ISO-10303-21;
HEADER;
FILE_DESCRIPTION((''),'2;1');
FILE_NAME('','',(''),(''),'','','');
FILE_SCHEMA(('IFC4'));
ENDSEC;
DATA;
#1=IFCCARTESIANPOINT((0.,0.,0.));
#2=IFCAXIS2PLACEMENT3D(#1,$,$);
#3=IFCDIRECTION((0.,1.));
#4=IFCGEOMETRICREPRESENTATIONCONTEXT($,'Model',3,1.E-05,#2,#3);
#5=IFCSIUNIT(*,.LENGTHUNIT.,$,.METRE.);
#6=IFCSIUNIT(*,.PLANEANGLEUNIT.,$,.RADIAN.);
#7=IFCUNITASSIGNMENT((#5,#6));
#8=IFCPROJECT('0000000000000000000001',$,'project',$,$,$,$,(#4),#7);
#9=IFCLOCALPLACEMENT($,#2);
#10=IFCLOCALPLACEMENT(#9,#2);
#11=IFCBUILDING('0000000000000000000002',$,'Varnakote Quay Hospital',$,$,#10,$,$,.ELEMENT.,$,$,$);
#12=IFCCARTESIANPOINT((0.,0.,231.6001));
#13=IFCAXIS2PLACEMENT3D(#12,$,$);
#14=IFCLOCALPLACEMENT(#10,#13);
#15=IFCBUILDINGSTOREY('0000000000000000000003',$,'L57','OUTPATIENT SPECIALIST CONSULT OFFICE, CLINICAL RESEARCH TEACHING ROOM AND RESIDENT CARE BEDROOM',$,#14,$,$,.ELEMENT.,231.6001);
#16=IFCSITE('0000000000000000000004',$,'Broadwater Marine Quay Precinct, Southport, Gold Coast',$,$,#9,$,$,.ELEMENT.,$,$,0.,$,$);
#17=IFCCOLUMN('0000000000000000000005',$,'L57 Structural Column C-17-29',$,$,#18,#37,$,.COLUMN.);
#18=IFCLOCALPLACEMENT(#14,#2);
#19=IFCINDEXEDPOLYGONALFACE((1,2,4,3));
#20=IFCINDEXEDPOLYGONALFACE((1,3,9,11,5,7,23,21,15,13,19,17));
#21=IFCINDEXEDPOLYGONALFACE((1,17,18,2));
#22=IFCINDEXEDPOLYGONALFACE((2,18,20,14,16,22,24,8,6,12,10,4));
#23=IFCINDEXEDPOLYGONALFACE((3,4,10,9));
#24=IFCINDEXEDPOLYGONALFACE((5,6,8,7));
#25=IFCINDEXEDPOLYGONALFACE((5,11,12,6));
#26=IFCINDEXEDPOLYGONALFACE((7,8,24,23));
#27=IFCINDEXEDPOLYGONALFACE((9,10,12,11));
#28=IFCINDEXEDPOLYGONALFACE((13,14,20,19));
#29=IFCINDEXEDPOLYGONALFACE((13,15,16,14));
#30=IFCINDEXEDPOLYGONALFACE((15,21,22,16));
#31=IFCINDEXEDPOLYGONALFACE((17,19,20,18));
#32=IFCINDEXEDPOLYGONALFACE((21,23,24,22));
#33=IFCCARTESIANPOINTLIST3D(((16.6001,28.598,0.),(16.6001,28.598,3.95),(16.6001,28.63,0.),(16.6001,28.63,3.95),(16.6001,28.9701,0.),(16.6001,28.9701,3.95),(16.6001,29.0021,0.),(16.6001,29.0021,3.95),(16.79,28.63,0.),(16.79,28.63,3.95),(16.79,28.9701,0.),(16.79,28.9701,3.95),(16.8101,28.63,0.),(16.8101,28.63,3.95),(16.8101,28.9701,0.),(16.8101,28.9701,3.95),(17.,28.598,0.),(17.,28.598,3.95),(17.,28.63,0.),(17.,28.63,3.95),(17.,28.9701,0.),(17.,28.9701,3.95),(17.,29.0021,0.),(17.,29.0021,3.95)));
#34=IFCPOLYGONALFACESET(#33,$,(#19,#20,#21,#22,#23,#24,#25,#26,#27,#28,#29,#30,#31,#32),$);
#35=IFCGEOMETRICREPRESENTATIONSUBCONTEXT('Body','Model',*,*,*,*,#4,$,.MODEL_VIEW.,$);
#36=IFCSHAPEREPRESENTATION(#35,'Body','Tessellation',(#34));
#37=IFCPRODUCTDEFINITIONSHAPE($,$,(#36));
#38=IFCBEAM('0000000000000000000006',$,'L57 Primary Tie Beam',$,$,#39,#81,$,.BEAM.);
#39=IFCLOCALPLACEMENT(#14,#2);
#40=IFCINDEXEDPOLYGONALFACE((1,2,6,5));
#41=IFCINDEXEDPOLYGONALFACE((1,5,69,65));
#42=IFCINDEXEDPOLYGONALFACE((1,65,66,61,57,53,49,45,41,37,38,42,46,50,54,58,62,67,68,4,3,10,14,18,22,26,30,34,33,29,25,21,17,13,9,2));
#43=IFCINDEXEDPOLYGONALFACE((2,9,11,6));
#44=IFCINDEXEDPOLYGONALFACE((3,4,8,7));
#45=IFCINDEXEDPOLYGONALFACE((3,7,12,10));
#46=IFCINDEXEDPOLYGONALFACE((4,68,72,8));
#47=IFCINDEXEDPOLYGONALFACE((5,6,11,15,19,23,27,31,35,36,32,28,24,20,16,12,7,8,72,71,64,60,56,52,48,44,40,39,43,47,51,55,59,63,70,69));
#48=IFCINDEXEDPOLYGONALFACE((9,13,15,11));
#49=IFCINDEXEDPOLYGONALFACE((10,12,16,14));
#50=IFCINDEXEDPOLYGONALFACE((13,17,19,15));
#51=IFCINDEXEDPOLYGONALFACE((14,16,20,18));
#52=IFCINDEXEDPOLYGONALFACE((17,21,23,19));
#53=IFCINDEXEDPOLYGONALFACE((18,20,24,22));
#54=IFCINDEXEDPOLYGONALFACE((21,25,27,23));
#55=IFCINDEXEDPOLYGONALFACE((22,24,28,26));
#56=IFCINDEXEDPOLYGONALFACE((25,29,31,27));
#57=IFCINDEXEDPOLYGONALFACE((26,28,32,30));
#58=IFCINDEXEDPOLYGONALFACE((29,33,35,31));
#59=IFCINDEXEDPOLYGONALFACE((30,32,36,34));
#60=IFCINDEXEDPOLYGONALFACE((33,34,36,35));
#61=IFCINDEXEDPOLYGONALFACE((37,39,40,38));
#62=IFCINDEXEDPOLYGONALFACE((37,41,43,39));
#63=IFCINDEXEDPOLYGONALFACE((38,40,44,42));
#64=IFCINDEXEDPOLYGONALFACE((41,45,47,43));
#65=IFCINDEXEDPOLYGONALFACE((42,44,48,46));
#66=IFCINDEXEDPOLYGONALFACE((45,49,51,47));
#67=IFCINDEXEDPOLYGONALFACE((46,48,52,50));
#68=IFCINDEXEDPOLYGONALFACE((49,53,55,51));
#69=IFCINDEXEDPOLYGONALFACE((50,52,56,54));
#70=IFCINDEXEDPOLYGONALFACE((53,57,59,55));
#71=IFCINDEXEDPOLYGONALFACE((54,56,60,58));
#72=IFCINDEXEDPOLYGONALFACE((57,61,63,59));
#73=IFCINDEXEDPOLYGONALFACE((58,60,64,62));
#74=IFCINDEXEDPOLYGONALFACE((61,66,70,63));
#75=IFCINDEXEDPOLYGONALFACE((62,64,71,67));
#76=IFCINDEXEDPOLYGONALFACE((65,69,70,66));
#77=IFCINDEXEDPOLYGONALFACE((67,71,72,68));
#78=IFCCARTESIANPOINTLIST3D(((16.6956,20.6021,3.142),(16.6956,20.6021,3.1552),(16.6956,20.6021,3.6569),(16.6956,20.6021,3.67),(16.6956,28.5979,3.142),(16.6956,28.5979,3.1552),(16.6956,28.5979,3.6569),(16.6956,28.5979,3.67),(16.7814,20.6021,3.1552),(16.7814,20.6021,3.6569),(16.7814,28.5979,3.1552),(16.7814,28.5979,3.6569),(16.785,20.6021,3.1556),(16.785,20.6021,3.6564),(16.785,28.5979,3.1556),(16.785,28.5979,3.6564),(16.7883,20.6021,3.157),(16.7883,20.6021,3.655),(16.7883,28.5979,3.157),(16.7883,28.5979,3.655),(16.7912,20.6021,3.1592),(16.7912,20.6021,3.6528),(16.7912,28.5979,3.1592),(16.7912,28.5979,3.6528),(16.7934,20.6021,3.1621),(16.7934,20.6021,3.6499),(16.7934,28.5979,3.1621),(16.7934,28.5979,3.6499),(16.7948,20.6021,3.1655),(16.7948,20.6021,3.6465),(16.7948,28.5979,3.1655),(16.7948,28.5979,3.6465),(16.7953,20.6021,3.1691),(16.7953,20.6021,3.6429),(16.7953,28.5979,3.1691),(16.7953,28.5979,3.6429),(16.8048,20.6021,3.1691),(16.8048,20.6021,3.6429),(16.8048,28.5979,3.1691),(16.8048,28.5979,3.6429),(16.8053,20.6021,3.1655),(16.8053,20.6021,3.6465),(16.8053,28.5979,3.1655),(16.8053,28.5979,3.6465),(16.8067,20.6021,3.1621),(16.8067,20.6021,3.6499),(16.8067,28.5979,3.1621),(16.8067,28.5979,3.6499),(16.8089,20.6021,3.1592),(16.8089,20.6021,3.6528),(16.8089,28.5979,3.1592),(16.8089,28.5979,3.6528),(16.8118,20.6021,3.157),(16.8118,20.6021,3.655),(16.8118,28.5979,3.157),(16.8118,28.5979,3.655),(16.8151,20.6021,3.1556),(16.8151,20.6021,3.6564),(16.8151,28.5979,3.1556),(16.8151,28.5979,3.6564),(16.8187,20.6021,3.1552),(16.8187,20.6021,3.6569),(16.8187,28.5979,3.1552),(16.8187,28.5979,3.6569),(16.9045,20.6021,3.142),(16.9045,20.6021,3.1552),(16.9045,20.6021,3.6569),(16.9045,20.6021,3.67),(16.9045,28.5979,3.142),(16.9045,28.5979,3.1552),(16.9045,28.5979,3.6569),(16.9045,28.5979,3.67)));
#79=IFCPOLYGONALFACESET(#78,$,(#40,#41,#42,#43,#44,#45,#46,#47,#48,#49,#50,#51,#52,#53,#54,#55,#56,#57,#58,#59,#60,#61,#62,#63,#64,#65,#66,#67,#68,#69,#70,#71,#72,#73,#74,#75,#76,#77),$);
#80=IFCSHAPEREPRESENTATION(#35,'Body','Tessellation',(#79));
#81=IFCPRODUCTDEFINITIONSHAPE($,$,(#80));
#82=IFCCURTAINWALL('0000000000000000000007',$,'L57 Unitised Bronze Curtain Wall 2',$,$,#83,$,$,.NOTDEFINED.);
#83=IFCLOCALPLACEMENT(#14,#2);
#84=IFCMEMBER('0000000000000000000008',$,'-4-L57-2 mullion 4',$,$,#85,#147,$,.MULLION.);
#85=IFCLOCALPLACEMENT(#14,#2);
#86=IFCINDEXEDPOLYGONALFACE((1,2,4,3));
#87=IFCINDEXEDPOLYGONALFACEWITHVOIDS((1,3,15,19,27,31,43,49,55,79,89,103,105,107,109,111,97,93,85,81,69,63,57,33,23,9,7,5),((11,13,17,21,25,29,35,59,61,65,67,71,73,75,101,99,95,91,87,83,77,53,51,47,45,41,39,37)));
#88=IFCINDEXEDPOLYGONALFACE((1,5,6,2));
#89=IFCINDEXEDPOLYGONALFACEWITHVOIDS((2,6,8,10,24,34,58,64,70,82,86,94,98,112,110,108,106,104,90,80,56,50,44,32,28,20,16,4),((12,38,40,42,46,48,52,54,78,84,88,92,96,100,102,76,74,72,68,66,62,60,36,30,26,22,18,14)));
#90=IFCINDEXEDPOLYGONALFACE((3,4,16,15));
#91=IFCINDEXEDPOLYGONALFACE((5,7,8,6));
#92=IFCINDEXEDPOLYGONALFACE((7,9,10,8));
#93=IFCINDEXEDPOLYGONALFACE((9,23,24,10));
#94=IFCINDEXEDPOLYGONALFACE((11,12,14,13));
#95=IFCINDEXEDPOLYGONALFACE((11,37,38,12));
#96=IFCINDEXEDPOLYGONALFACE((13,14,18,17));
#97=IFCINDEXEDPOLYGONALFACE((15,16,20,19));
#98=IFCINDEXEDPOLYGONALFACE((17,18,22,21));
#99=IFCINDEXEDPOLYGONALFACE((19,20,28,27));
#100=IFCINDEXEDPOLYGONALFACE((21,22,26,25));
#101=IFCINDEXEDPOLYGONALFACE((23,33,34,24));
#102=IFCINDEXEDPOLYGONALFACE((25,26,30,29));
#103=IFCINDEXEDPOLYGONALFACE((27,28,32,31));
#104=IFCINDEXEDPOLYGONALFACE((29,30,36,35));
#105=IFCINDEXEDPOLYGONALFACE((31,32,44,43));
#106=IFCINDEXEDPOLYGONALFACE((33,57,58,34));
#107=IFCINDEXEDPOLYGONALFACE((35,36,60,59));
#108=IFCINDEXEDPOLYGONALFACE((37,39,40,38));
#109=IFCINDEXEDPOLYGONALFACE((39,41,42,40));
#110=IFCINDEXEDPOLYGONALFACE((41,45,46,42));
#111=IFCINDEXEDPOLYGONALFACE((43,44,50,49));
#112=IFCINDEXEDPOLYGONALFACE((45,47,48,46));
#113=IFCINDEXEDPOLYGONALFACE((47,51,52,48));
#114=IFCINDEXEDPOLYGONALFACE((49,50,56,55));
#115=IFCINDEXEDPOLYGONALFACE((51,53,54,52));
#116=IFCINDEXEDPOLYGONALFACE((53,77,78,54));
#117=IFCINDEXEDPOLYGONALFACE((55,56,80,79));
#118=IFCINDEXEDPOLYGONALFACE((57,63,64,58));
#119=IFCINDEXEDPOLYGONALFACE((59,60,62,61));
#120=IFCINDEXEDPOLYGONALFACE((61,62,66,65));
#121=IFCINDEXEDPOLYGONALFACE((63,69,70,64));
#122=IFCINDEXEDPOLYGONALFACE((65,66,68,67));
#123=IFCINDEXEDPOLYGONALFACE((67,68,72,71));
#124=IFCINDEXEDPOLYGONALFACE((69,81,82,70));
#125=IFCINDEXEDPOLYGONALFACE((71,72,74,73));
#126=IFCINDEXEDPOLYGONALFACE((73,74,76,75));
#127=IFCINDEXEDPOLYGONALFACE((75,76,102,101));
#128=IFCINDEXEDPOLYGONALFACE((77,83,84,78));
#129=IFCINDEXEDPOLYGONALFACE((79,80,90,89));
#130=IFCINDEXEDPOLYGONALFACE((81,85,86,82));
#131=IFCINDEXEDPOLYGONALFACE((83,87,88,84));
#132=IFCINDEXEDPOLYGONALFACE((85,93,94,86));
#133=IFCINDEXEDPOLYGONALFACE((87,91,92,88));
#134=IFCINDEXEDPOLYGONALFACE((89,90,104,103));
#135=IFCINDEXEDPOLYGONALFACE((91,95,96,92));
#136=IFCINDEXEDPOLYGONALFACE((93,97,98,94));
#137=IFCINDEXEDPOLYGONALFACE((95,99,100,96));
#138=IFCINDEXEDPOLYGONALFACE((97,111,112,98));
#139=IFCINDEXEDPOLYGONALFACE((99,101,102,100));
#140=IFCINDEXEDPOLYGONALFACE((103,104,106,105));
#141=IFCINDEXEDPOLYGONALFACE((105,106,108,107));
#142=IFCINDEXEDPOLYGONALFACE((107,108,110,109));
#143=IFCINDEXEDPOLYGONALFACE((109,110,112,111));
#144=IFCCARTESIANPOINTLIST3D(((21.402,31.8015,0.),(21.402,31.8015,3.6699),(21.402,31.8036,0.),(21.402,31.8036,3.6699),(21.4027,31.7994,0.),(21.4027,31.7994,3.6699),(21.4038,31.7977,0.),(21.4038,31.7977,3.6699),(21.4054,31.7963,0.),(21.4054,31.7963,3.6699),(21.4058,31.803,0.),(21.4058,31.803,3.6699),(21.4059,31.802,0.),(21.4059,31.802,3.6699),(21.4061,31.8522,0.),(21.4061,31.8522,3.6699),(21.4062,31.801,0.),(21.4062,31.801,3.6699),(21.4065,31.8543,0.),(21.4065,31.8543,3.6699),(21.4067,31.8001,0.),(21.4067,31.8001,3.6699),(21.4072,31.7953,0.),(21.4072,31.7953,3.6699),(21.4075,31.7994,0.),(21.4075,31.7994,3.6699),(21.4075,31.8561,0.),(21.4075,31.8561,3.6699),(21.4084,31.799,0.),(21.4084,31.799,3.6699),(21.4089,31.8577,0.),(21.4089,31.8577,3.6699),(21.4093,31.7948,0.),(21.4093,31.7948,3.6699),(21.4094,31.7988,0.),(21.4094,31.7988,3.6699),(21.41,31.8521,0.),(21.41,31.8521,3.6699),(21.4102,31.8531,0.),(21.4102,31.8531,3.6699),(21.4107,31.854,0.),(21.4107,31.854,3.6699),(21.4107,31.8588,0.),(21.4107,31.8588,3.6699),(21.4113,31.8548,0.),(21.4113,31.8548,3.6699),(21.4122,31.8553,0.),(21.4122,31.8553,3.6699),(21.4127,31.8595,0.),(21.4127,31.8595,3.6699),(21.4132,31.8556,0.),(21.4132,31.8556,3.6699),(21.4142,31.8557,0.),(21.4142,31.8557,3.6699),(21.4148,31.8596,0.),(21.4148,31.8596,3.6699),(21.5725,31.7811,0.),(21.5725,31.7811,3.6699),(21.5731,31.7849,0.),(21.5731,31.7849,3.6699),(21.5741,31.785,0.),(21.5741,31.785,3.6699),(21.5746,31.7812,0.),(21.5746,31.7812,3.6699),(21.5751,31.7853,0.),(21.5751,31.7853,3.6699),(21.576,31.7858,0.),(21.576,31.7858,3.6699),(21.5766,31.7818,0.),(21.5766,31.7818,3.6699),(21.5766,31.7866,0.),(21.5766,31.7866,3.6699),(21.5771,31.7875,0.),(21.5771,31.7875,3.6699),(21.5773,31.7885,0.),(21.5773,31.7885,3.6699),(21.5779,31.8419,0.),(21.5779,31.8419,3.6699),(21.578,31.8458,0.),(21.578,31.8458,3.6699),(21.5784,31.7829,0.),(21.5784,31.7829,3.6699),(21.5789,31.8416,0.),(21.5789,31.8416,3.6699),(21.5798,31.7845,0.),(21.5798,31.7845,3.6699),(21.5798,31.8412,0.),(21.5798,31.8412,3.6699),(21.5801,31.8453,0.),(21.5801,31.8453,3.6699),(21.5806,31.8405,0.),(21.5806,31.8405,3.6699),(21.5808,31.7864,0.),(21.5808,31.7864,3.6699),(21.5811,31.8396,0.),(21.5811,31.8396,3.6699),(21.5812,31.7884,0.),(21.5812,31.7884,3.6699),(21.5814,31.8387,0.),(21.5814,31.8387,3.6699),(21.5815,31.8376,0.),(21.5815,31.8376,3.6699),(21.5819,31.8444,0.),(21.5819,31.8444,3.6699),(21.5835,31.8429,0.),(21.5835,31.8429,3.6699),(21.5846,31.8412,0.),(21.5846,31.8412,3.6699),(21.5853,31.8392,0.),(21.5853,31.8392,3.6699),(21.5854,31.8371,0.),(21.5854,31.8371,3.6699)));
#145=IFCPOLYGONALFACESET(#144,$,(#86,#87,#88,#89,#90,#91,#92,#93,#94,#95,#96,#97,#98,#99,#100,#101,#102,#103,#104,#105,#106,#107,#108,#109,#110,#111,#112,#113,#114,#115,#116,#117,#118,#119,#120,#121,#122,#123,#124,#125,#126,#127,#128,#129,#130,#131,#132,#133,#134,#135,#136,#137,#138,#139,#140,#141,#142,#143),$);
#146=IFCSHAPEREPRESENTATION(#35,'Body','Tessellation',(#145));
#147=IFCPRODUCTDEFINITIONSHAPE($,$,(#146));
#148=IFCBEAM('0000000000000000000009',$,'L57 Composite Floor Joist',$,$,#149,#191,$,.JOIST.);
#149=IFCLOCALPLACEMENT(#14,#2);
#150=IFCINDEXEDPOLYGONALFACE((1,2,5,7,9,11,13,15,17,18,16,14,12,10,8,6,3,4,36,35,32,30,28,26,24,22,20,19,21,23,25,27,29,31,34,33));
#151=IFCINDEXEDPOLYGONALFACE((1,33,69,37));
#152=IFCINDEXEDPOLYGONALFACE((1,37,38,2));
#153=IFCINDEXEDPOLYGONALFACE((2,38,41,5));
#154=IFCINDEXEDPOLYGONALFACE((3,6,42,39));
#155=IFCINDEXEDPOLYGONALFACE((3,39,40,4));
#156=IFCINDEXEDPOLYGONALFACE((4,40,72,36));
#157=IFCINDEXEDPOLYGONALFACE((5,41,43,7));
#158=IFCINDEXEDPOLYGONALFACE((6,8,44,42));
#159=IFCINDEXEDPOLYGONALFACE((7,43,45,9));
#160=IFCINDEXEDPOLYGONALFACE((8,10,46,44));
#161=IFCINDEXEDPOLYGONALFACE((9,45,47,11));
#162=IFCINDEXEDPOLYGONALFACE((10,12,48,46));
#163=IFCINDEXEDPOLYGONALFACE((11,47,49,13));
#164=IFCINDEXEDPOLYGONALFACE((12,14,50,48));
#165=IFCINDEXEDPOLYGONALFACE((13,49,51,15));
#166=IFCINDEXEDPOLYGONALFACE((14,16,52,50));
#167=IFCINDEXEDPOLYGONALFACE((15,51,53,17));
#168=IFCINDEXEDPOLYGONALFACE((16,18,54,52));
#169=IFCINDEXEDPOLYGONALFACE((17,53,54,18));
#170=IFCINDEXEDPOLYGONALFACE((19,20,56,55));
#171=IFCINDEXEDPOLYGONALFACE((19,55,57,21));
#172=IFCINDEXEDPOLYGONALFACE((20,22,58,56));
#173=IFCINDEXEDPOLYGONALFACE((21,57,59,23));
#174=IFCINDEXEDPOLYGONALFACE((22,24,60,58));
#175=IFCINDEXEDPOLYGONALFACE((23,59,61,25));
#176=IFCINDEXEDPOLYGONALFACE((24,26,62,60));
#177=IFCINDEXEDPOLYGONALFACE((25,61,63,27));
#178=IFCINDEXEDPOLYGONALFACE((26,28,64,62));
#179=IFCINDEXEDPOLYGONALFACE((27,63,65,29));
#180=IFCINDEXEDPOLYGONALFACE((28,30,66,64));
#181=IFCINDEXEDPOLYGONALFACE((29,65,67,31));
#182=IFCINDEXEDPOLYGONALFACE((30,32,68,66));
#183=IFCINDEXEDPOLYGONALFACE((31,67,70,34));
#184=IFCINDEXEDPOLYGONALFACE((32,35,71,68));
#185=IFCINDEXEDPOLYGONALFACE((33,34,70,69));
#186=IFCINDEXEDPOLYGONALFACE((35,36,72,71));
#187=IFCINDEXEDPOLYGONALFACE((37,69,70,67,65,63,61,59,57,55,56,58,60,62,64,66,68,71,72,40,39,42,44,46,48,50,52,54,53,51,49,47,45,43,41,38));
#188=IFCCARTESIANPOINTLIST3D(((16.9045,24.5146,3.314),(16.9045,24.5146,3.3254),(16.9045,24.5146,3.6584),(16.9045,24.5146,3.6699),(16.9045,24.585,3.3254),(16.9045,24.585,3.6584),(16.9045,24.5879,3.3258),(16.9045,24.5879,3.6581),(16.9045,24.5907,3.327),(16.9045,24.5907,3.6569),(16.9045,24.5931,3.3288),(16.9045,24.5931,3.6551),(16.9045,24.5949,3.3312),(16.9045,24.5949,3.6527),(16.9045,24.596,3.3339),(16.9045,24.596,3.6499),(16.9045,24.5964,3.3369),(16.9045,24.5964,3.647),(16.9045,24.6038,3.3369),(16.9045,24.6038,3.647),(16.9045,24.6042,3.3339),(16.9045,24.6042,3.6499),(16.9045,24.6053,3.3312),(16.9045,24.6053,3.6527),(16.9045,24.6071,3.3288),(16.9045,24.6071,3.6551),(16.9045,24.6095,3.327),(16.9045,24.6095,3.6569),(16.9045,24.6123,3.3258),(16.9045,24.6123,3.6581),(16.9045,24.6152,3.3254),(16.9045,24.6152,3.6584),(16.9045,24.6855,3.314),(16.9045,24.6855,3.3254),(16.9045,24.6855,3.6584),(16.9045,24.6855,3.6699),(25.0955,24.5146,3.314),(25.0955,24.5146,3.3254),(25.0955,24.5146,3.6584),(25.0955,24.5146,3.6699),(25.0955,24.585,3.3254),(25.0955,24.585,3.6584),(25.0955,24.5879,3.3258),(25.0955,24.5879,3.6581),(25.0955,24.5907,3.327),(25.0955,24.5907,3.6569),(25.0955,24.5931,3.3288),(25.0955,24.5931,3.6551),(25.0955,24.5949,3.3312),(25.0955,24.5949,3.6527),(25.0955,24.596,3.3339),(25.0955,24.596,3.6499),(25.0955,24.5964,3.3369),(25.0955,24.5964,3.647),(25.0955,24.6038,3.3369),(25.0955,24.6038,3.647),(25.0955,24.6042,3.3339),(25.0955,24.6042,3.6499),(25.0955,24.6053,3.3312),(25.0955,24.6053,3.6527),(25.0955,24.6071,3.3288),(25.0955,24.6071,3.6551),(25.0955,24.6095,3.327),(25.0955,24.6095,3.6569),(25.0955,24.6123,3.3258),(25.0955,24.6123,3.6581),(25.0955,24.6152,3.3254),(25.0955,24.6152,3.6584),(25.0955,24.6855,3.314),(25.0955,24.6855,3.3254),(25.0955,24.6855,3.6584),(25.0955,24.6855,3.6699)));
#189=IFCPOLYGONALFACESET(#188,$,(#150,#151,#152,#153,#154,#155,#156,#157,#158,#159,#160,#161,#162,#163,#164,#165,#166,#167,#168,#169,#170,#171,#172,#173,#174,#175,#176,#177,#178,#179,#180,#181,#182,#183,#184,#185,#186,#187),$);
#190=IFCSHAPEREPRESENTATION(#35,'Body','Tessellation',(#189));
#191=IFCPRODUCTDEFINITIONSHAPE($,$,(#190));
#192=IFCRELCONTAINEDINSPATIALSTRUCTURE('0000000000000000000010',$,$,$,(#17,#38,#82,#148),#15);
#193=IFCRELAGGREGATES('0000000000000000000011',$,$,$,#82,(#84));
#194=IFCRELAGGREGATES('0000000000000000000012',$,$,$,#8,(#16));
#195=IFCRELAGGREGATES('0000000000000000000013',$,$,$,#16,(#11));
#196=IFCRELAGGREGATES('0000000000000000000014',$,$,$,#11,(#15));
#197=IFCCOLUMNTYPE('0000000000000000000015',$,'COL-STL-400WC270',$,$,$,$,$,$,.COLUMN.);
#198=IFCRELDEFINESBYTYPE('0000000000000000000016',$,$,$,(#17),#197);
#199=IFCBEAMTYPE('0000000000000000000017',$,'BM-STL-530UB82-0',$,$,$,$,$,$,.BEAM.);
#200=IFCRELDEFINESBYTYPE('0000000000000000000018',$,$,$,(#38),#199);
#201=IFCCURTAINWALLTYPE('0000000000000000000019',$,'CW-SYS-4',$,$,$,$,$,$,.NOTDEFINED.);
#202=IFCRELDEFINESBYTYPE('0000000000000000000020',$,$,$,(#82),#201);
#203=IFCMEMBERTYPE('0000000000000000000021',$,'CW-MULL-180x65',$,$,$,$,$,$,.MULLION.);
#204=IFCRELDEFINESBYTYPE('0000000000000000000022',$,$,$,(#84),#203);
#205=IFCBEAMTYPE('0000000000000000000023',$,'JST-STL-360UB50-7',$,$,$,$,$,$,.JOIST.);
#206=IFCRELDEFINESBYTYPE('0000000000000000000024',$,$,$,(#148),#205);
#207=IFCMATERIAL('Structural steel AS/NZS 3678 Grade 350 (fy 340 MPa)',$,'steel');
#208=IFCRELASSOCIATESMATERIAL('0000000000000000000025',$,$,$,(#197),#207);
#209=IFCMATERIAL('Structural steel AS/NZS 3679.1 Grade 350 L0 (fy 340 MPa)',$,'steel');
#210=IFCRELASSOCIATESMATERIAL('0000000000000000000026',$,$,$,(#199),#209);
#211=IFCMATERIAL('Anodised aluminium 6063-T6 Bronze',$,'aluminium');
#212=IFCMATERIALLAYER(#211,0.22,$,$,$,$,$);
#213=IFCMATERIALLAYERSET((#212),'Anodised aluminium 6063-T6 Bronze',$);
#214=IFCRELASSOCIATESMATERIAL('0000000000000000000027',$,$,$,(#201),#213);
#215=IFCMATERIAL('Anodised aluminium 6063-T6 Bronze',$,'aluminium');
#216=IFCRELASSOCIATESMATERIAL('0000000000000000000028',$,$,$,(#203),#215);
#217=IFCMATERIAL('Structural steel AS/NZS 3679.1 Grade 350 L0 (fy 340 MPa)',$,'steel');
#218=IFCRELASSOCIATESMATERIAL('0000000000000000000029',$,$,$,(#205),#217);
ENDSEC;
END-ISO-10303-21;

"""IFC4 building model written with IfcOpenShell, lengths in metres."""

from ifc_helpers import new_model, si_unit, direction, frame, origin, origin_2d, place, context, subcontext, project, spatial, hollow_rectangle, i_section, extrude, material, layer, layer_set, material_profile, profile_set, type_object, element, aggregate, save


model = new_model("IFC4")

# Units and contexts
model_context = context("Model", 3, precision=1e-05, world=origin(), true_north=direction((0.0, 1.0)))
body_context = subcontext(model_context, "Body", "Model", "MODEL_VIEW")
ifc_project = project(units=[si_unit("LENGTHUNIT", "METRE"), si_unit("PLANEANGLEUNIT", "RADIAN")], contexts=[model_context])

# Site, building, storey
site_placement = place(None, origin())
site = spatial("IfcSite", under=ifc_project, at=site_placement, Name="Broadwater Marine Quay Precinct, Southport, Gold Coast", CompositionType="ELEMENT", RefElevation=0.0)
building_placement = place(site_placement, origin())
building = spatial("IfcBuilding", under=site, at=building_placement, Name="Varnakote Quay Hospital", CompositionType="ELEMENT")
storey_placement = place(building_placement, frame((0.0, 0.0, 231.6001)))
storey = spatial("IfcBuildingStorey", under=building, at=storey_placement, Name="L57", Description="OUTPATIENT SPECIALIST CONSULT OFFICE, CLINICAL RESEARCH TEACHING ROOM AND RESIDENT CARE BEDROOM", CompositionType="ELEMENT", Elevation=231.6001)

# Column
ifc_material_1 = material(Name="Structural steel AS/NZS 3678 Grade 350 (fy 340 MPa)", Category="steel")
ifc_material_profile_1 = material_profile(ifc_material_1, i_section(OverallWidth=0.3999, OverallDepth=0.4041, WebThickness=0.02, FlangeThickness=0.032, at=origin_2d()), Name="400WC270")
ifc_profile_set_1 = profile_set([ifc_material_profile_1], Name="Structural steel AS/NZS 3678 Grade 350 (fy 340 MPa)")
column_type = type_object("IfcColumnType", Name="COL-STL-400WC270", PredefinedType="COLUMN", material=ifc_profile_set_1)
column_placement = place(storey_placement, frame((16.8, 28.8, 0.0), z_axis=(0.0, 0.0, 1.0), x_axis=(1.0, 0.0, 0.0)))
element("IfcColumn", 1, at=column_placement, inside=storey, type_object=column_type, Name="L57 Structural Column C-17-29", PredefinedType="COLUMN", context=body_context, shape_type="SweptSolid", body=[
    extrude(i_section(OverallWidth=0.3999, OverallDepth=0.4041, WebThickness=0.02, FlangeThickness=0.032, at=origin_2d()), origin(), (0.0, 0.0, 1.0), 3.95),
])

# Beam
ifc_material_2 = material(Name="Structural steel AS/NZS 3679.1 Grade 350 L0 (fy 340 MPa)", Category="steel")
ifc_material_profile_2 = material_profile(ifc_material_2, i_section(OverallWidth=0.209, OverallDepth=0.5281, WebThickness=0.0095, FlangeThickness=0.0132, FilletRadius=0.0139, at=origin_2d()), Name="530UB82.0")
ifc_profile_set_2 = profile_set([ifc_material_profile_2], Name="Structural steel AS/NZS 3679.1 Grade 350 L0 (fy 340 MPa)")
beam_type_1 = type_object("IfcBeamType", Name="BM-STL-530UB82-0", PredefinedType="BEAM", material=ifc_profile_set_2)
beam_1_placement = place(storey_placement, frame((16.8, 20.6021, 3.406), z_axis=(0.0, 1.0, 0.0), x_axis=(-1.0, 0.0, 0.0)))
element("IfcBeam", 2, at=beam_1_placement, inside=storey, type_object=beam_type_1, Name="L57 Primary Tie Beam", PredefinedType="BEAM", context=body_context, shape_type="SweptSolid", body=[
    extrude(i_section(OverallWidth=0.209, OverallDepth=0.5281, WebThickness=0.0095, FlangeThickness=0.0132, FilletRadius=0.0139, at=origin_2d()), origin(), (0.0, 0.0, 1.0), 7.9958),
])

# Curtain wall, member
ifc_material_3 = material(Name="Anodised aluminium 6063-T6 Bronze", Category="aluminium")
ifc_layer_1 = layer(ifc_material_3, 0.22)
ifc_layer_set_1 = layer_set([ifc_layer_1], Name="Anodised aluminium 6063-T6 Bronze")
curtain_wall_type = type_object("IfcCurtainWallType", Name="CW-SYS-4", PredefinedType="NOTDEFINED", material=ifc_layer_set_1)
curtain_wall_placement = place(storey_placement, origin())
curtain_wall = element("IfcCurtainWall", 3, at=curtain_wall_placement, inside=storey, type_object=curtain_wall_type, Name="L57 Unitised Bronze Curtain Wall 2", PredefinedType="NOTDEFINED")
ifc_material_4 = material(Name="Anodised aluminium 6063-T6 Bronze", Category="aluminium")
ifc_material_profile_3 = material_profile(ifc_material_4, hollow_rectangle(XDim=0.0649, YDim=0.1799, WallThickness=0.0039, InnerFilletRadius=0.0039, OuterFilletRadius=0.0081, at=origin_2d()), Name="CW-MULL-180x65")
ifc_profile_set_3 = profile_set([ifc_material_profile_3], Name="Anodised aluminium 6063-T6 Bronze")
member_type = type_object("IfcMemberType", Name="CW-MULL-180x65", PredefinedType="MULLION", material=ifc_profile_set_3)
member_placement = place(storey_placement, frame((21.4937, 31.8203, 0.0), z_axis=(0.0, 0.0, 1.0), x_axis=(-0.084136, -0.996454, 0.0)))
member = element("IfcMember", 4, at=member_placement, type_object=member_type, Name="-4-L57-2 mullion 4", PredefinedType="MULLION", context=body_context, shape_type="SweptSolid", body=[
    extrude(hollow_rectangle(XDim=0.0649, YDim=0.1799, WallThickness=0.0039, InnerFilletRadius=0.0039, OuterFilletRadius=0.0081, at=origin_2d()), origin(), (0.0, 0.0, 1.0), 3.6699),
])

# Beam
ifc_material_5 = material(Name="Structural steel AS/NZS 3679.1 Grade 350 L0 (fy 340 MPa)", Category="steel")
ifc_material_profile_4 = material_profile(ifc_material_5, i_section(OverallWidth=0.1709, OverallDepth=0.356, WebThickness=0.0073, FlangeThickness=0.0115, FilletRadius=0.0115, at=origin_2d()), Name="360UB50.7")
ifc_profile_set_4 = profile_set([ifc_material_profile_4], Name="Structural steel AS/NZS 3679.1 Grade 350 L0 (fy 340 MPa)")
beam_type_2 = type_object("IfcBeamType", Name="JST-STL-360UB50-7", PredefinedType="JOIST", material=ifc_profile_set_4)
beam_2_placement = place(storey_placement, frame((16.9045, 24.6001, 3.4919), z_axis=(1.0, 0.0, 0.0), x_axis=(0.0, 1.0, 0.0)))
element("IfcBeam", 5, at=beam_2_placement, inside=storey, type_object=beam_type_2, Name="L57 Composite Floor Joist", PredefinedType="JOIST", context=body_context, shape_type="SweptSolid", body=[
    extrude(i_section(OverallWidth=0.1709, OverallDepth=0.356, WebThickness=0.0073, FlangeThickness=0.0115, FilletRadius=0.0115, at=origin_2d()), origin(), (0.0, 0.0, 1.0), 8.1909),
])

aggregate(curtain_wall, [member])

save(model, "model.ifc")
